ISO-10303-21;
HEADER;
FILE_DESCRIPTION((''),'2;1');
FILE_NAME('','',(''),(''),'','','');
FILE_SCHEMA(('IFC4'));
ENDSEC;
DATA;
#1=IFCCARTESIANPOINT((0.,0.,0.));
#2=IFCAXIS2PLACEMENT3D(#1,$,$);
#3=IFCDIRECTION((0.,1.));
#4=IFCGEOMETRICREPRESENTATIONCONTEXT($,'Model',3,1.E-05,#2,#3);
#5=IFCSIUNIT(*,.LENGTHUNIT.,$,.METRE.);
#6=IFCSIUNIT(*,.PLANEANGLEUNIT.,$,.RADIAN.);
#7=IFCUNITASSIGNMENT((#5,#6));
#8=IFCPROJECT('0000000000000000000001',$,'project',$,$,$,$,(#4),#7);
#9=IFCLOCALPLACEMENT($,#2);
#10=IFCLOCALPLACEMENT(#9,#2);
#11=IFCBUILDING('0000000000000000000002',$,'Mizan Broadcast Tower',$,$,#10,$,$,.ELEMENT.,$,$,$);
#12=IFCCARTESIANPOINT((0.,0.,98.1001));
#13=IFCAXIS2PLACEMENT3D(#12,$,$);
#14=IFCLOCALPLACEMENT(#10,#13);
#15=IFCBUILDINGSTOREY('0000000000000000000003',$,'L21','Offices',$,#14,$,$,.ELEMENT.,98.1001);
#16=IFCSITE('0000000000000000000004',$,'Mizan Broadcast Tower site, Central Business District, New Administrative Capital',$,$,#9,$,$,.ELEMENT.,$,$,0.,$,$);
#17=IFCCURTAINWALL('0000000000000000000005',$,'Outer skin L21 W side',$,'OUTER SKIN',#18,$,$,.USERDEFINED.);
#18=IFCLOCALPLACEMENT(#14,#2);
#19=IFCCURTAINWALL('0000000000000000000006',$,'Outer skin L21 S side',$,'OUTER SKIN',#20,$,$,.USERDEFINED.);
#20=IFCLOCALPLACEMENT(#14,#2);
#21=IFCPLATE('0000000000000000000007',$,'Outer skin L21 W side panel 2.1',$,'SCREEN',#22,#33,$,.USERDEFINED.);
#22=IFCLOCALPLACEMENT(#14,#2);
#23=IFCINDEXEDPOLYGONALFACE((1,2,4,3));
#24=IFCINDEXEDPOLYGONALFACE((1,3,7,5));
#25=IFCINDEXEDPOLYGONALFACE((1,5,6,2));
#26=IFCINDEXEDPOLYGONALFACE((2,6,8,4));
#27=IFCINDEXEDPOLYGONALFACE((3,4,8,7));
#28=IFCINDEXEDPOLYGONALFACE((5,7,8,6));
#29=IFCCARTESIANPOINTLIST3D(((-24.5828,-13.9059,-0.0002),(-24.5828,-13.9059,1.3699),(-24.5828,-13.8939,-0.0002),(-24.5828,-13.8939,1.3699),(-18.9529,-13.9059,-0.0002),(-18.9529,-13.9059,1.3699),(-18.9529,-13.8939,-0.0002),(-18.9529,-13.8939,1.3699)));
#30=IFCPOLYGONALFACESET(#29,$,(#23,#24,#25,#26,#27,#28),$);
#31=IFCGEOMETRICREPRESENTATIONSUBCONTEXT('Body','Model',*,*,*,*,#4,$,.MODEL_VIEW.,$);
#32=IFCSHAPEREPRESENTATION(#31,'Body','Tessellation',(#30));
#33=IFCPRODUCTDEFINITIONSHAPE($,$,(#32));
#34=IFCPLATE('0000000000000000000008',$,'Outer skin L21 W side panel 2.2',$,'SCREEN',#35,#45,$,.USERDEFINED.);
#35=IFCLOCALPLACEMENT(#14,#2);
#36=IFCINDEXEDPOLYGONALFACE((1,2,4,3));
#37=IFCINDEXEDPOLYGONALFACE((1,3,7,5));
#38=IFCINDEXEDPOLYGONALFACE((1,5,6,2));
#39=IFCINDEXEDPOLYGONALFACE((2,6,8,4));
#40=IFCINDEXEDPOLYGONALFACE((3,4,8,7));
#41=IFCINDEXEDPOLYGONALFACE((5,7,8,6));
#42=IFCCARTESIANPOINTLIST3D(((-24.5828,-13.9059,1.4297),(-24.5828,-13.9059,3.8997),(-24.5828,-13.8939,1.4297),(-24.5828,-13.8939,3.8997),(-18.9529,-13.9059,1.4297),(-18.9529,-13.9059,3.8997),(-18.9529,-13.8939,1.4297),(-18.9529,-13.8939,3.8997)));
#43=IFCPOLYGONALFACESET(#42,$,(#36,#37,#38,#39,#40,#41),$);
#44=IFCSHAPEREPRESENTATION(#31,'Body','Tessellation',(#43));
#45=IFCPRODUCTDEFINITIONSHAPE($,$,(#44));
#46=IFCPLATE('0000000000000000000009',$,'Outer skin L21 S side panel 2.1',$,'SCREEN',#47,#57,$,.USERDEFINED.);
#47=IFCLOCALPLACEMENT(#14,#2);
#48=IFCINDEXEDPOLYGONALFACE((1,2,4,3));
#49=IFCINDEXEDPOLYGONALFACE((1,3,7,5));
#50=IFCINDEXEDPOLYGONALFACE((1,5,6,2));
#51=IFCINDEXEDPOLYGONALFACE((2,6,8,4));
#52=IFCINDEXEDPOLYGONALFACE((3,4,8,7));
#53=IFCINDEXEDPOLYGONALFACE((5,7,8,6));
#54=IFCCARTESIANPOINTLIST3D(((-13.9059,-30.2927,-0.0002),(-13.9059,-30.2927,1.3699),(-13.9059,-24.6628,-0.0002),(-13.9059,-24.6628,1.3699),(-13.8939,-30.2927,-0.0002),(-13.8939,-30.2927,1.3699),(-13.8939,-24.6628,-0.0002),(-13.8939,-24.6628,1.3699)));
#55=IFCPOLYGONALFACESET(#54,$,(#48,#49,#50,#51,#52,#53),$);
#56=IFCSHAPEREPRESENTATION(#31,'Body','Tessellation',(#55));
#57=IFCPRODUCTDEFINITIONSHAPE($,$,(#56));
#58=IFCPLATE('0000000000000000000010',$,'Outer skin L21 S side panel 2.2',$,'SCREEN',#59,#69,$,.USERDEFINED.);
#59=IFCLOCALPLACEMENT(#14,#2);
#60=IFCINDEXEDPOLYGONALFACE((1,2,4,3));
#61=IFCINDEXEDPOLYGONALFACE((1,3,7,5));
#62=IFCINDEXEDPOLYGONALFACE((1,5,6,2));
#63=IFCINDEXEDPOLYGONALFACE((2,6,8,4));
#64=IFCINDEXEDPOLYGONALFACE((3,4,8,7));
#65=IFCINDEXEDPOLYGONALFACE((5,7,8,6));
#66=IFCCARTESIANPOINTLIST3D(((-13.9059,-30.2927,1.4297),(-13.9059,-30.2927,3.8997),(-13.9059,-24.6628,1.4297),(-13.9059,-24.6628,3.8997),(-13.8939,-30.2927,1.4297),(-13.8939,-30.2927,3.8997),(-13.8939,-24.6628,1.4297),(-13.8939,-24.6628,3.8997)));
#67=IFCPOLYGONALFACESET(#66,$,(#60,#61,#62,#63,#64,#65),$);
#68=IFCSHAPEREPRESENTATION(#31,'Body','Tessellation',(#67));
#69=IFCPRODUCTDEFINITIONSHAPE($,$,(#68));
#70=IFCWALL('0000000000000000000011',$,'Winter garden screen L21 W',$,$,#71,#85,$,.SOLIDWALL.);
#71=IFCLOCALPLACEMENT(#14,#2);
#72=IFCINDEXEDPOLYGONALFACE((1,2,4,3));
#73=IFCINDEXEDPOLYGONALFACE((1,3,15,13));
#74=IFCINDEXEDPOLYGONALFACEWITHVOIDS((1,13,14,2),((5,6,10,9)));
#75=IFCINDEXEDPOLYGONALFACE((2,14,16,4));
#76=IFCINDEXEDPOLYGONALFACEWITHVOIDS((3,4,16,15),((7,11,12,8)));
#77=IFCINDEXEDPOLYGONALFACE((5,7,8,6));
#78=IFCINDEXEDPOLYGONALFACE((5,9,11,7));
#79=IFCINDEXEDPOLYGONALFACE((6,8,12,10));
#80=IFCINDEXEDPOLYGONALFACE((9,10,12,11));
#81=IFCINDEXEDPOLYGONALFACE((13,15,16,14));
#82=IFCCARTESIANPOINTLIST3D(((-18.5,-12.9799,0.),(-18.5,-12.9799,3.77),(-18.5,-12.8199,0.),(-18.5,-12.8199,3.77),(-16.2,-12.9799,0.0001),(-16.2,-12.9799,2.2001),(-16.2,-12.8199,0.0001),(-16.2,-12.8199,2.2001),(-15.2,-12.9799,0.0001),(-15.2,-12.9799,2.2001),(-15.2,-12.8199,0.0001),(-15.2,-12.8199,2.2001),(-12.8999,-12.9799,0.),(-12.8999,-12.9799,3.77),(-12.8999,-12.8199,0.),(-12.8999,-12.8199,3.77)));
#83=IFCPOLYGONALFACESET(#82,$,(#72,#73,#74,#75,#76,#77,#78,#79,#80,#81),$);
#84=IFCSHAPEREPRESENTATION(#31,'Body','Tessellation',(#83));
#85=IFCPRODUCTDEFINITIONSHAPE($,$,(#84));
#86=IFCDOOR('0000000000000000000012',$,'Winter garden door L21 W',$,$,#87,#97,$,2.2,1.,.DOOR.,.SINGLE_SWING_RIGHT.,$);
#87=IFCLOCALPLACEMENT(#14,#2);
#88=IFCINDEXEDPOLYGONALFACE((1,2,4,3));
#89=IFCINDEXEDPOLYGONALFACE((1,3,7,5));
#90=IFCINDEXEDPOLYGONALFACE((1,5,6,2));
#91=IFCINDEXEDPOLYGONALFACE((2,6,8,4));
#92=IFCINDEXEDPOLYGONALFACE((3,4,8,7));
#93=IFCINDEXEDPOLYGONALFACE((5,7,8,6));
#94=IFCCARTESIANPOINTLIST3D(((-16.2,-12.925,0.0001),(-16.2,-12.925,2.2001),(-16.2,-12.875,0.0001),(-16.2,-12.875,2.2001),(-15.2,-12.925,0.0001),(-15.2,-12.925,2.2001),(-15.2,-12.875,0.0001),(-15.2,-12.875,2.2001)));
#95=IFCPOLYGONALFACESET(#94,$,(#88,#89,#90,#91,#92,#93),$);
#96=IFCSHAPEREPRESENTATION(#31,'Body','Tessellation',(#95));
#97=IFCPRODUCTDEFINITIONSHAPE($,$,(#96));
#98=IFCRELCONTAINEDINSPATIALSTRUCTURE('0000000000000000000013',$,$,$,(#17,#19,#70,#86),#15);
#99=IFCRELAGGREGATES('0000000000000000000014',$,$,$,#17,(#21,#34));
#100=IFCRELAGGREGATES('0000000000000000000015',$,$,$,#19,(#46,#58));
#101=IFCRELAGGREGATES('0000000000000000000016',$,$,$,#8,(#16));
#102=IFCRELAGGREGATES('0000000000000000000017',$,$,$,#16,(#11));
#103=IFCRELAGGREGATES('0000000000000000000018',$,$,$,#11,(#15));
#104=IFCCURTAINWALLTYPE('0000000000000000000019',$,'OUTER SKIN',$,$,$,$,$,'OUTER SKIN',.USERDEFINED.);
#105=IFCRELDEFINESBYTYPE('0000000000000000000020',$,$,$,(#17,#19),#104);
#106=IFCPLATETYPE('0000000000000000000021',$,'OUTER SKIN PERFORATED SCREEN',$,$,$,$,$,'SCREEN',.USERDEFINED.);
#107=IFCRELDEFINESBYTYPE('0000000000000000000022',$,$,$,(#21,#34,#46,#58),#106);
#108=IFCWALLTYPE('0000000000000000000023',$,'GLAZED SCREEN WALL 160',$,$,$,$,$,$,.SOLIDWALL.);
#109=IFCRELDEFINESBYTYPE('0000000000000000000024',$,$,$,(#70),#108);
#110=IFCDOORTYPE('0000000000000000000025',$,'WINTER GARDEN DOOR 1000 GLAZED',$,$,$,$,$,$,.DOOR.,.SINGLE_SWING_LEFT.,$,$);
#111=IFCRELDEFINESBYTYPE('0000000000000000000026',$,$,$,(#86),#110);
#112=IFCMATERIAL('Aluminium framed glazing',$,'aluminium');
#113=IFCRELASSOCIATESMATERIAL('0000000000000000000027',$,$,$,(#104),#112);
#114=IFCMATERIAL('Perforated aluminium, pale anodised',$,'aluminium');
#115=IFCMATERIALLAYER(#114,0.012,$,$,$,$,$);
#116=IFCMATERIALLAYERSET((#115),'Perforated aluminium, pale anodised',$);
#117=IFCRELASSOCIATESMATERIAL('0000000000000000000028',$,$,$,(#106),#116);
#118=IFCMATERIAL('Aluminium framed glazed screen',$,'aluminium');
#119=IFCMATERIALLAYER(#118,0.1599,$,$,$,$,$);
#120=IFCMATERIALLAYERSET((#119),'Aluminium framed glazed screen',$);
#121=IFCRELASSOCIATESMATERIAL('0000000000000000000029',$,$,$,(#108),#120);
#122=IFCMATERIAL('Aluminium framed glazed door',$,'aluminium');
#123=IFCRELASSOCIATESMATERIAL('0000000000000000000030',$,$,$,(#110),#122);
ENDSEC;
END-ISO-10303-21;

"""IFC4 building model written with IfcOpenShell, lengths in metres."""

from ifc_helpers import new_model, si_unit, direction, frame, frame_2d, origin, origin_2d, place, context, subcontext, project, spatial, rectangle, extrude, material, layer, layer_set, type_object, element, fill, aggregate, save


model = new_model("IFC4")

# Units and contexts
model_context = context("Model", 3, precision=1e-05, world=origin(), true_north=direction((0.0, 1.0)))
body_context = subcontext(model_context, "Body", "Model", "MODEL_VIEW")
ifc_project = project(units=[si_unit("LENGTHUNIT", "METRE"), si_unit("PLANEANGLEUNIT", "RADIAN")], contexts=[model_context])

# Site, building, storey
site_placement = place(None, origin())
site = spatial("IfcSite", under=ifc_project, at=site_placement, Name="Mizan Broadcast Tower site, Central Business District, New Administrative Capital", CompositionType="ELEMENT", RefElevation=0.0)
building_placement = place(site_placement, origin())
building = spatial("IfcBuilding", under=site, at=building_placement, Name="Mizan Broadcast Tower", CompositionType="ELEMENT")
storey_placement = place(building_placement, frame((0.0, 0.0, 98.1001)))
storey = spatial("IfcBuildingStorey", under=building, at=storey_placement, Name="L21", Description="Offices", CompositionType="ELEMENT", Elevation=98.1001)

# Shared definitions
ifc_material_1 = material(Name="Aluminium framed glazing", Category="aluminium")
curtain_wall_type_1 = type_object("IfcCurtainWallType", Name="OUTER SKIN", ElementType="OUTER SKIN", PredefinedType="USERDEFINED", material=ifc_material_1)

# Curtain wall
curtain_wall_1_placement = place(storey_placement, origin())
curtain_wall_1 = element("IfcCurtainWall", 1, at=curtain_wall_1_placement, inside=storey, type_object=curtain_wall_type_1, Name="Outer skin L21 W side", ObjectType="OUTER SKIN", PredefinedType="USERDEFINED")

# Curtain wall
curtain_wall_2_placement = place(storey_placement, origin())
curtain_wall_2 = element("IfcCurtainWall", 2, at=curtain_wall_2_placement, inside=storey, type_object=curtain_wall_type_1, Name="Outer skin L21 S side", ObjectType="OUTER SKIN", PredefinedType="USERDEFINED")

# Plates
ifc_material_2 = material(Name="Perforated aluminium, pale anodised", Category="aluminium")
ifc_layer_1 = layer(ifc_material_2, 0.012)
ifc_layer_set_1 = layer_set([ifc_layer_1], Name="Perforated aluminium, pale anodised")
plate_type_1 = type_object("IfcPlateType", Name="OUTER SKIN PERFORATED SCREEN", ElementType="SCREEN", PredefinedType="USERDEFINED", material=ifc_layer_set_1)
plate_1_placement = place(storey_placement, frame((-21.7678, -13.8999, -0.0002), z_axis=(0.0, 0.0, 1.0), x_axis=(1.0, 0.0, 0.0)))
plate_1 = element("IfcPlate", 3, at=plate_1_placement, type_object=plate_type_1, Name="Outer skin L21 W side panel 2.1", ObjectType="SCREEN", PredefinedType="USERDEFINED", context=body_context, shape_type="SweptSolid", body=[
    extrude(rectangle(XDim=5.6299, YDim=0.012, at=origin_2d()), origin(), (0.0, 0.0, 1.0), 1.3701),
])
plate_2_placement = place(storey_placement, frame((-21.7678, -13.8999, 1.4297), z_axis=(0.0, 0.0, 1.0), x_axis=(1.0, 0.0, 0.0)))
plate_2 = element("IfcPlate", 4, at=plate_2_placement, type_object=plate_type_1, Name="Outer skin L21 W side panel 2.2", ObjectType="SCREEN", PredefinedType="USERDEFINED", context=body_context, shape_type="SweptSolid", body=[
    extrude(rectangle(XDim=5.6299, YDim=0.012, at=origin_2d()), origin(), (0.0, 0.0, 1.0), 2.47),
])
aggregate(curtain_wall_1, [plate_1, plate_2])
plate_3_placement = place(storey_placement, frame((-13.8999, -27.4778, -0.0002), z_axis=(0.0, 0.0, 1.0), x_axis=(0.0, -1.0, 0.0)))
plate_3 = element("IfcPlate", 5, at=plate_3_placement, type_object=plate_type_1, Name="Outer skin L21 S side panel 2.1", ObjectType="SCREEN", PredefinedType="USERDEFINED", context=body_context, shape_type="SweptSolid", body=[
    extrude(rectangle(XDim=5.6299, YDim=0.012, at=origin_2d()), origin(), (0.0, 0.0, 1.0), 1.3701),
])
plate_4_placement = place(storey_placement, frame((-13.8999, -27.4778, 1.4297), z_axis=(0.0, 0.0, 1.0), x_axis=(0.0, -1.0, 0.0)))
plate_4 = element("IfcPlate", 6, at=plate_4_placement, type_object=plate_type_1, Name="Outer skin L21 S side panel 2.2", ObjectType="SCREEN", PredefinedType="USERDEFINED", context=body_context, shape_type="SweptSolid", body=[
    extrude(rectangle(XDim=5.6299, YDim=0.012, at=origin_2d()), origin(), (0.0, 0.0, 1.0), 2.47),
])
aggregate(curtain_wall_2, [plate_3, plate_4])

# Wall, opening, door
ifc_material_3 = material(Name="Aluminium framed glazed screen", Category="aluminium")
ifc_layer_2 = layer(ifc_material_3, 0.1599)
ifc_layer_set_2 = layer_set([ifc_layer_2], Name="Aluminium framed glazed screen")
wall_type = type_object("IfcWallType", Name="GLAZED SCREEN WALL 160", PredefinedType="SOLIDWALL", material=ifc_layer_set_2)
wall_placement = place(storey_placement, frame((-18.5, -12.8999, 0.0), z_axis=(0.0, 0.0, 1.0), x_axis=(1.0, 0.0, 0.0)))
wall = element("IfcWall", 7, at=wall_placement, inside=storey, type_object=wall_type, Name="Winter garden screen L21 W", PredefinedType="SOLIDWALL", context=body_context, shape_type="SweptSolid", body=[
    extrude(rectangle(XDim=5.6001, YDim=0.1599, at=frame_2d((2.8, 0.0))), origin(), (0.0, 0.0, 1.0), 3.77),
])
opening_placement = place(wall_placement, frame((2.3, 0.0, 0.0)))
opening = element("IfcOpeningElement", 8, at=opening_placement, cuts=wall, PredefinedType="OPENING", context=body_context, shape_type="SweptSolid", body=[
    extrude(rectangle(XDim=1.0, YDim=2.2, at=frame_2d((0.5, 1.1001))), frame((0.0, 0.0898, 0.0), z_axis=(0.0, -1.0, 0.0), x_axis=(1.0, 0.0, 0.0)), (0.0, 0.0, 1.0), 0.1799),
])
ifc_material_4 = material(Name="Aluminium framed glazed door", Category="aluminium")
door_type = type_object("IfcDoorType", Name="WINTER GARDEN DOOR 1000 GLAZED", OperationType="SINGLE_SWING_LEFT", PredefinedType="DOOR", material=ifc_material_4)
door_placement = place(opening_placement, origin())
door = element("IfcDoor", 9, at=door_placement, inside=storey, type_object=door_type, Name="Winter garden door L21 W", OperationType="SINGLE_SWING_RIGHT", OverallHeight=2.2, OverallWidth=1.0, PredefinedType="DOOR", context=body_context, shape_type="SweptSolid", body=[
    extrude(rectangle(XDim=1.0, YDim=2.2, at=frame_2d((0.5, 1.1001))), frame((0.0, 0.0249, 0.0), z_axis=(0.0, -1.0, 0.0), x_axis=(1.0, 0.0, 0.0)), (0.0, 0.0, 1.0), 0.05),
])
fill(opening, door)

save(model, "model.ifc")
